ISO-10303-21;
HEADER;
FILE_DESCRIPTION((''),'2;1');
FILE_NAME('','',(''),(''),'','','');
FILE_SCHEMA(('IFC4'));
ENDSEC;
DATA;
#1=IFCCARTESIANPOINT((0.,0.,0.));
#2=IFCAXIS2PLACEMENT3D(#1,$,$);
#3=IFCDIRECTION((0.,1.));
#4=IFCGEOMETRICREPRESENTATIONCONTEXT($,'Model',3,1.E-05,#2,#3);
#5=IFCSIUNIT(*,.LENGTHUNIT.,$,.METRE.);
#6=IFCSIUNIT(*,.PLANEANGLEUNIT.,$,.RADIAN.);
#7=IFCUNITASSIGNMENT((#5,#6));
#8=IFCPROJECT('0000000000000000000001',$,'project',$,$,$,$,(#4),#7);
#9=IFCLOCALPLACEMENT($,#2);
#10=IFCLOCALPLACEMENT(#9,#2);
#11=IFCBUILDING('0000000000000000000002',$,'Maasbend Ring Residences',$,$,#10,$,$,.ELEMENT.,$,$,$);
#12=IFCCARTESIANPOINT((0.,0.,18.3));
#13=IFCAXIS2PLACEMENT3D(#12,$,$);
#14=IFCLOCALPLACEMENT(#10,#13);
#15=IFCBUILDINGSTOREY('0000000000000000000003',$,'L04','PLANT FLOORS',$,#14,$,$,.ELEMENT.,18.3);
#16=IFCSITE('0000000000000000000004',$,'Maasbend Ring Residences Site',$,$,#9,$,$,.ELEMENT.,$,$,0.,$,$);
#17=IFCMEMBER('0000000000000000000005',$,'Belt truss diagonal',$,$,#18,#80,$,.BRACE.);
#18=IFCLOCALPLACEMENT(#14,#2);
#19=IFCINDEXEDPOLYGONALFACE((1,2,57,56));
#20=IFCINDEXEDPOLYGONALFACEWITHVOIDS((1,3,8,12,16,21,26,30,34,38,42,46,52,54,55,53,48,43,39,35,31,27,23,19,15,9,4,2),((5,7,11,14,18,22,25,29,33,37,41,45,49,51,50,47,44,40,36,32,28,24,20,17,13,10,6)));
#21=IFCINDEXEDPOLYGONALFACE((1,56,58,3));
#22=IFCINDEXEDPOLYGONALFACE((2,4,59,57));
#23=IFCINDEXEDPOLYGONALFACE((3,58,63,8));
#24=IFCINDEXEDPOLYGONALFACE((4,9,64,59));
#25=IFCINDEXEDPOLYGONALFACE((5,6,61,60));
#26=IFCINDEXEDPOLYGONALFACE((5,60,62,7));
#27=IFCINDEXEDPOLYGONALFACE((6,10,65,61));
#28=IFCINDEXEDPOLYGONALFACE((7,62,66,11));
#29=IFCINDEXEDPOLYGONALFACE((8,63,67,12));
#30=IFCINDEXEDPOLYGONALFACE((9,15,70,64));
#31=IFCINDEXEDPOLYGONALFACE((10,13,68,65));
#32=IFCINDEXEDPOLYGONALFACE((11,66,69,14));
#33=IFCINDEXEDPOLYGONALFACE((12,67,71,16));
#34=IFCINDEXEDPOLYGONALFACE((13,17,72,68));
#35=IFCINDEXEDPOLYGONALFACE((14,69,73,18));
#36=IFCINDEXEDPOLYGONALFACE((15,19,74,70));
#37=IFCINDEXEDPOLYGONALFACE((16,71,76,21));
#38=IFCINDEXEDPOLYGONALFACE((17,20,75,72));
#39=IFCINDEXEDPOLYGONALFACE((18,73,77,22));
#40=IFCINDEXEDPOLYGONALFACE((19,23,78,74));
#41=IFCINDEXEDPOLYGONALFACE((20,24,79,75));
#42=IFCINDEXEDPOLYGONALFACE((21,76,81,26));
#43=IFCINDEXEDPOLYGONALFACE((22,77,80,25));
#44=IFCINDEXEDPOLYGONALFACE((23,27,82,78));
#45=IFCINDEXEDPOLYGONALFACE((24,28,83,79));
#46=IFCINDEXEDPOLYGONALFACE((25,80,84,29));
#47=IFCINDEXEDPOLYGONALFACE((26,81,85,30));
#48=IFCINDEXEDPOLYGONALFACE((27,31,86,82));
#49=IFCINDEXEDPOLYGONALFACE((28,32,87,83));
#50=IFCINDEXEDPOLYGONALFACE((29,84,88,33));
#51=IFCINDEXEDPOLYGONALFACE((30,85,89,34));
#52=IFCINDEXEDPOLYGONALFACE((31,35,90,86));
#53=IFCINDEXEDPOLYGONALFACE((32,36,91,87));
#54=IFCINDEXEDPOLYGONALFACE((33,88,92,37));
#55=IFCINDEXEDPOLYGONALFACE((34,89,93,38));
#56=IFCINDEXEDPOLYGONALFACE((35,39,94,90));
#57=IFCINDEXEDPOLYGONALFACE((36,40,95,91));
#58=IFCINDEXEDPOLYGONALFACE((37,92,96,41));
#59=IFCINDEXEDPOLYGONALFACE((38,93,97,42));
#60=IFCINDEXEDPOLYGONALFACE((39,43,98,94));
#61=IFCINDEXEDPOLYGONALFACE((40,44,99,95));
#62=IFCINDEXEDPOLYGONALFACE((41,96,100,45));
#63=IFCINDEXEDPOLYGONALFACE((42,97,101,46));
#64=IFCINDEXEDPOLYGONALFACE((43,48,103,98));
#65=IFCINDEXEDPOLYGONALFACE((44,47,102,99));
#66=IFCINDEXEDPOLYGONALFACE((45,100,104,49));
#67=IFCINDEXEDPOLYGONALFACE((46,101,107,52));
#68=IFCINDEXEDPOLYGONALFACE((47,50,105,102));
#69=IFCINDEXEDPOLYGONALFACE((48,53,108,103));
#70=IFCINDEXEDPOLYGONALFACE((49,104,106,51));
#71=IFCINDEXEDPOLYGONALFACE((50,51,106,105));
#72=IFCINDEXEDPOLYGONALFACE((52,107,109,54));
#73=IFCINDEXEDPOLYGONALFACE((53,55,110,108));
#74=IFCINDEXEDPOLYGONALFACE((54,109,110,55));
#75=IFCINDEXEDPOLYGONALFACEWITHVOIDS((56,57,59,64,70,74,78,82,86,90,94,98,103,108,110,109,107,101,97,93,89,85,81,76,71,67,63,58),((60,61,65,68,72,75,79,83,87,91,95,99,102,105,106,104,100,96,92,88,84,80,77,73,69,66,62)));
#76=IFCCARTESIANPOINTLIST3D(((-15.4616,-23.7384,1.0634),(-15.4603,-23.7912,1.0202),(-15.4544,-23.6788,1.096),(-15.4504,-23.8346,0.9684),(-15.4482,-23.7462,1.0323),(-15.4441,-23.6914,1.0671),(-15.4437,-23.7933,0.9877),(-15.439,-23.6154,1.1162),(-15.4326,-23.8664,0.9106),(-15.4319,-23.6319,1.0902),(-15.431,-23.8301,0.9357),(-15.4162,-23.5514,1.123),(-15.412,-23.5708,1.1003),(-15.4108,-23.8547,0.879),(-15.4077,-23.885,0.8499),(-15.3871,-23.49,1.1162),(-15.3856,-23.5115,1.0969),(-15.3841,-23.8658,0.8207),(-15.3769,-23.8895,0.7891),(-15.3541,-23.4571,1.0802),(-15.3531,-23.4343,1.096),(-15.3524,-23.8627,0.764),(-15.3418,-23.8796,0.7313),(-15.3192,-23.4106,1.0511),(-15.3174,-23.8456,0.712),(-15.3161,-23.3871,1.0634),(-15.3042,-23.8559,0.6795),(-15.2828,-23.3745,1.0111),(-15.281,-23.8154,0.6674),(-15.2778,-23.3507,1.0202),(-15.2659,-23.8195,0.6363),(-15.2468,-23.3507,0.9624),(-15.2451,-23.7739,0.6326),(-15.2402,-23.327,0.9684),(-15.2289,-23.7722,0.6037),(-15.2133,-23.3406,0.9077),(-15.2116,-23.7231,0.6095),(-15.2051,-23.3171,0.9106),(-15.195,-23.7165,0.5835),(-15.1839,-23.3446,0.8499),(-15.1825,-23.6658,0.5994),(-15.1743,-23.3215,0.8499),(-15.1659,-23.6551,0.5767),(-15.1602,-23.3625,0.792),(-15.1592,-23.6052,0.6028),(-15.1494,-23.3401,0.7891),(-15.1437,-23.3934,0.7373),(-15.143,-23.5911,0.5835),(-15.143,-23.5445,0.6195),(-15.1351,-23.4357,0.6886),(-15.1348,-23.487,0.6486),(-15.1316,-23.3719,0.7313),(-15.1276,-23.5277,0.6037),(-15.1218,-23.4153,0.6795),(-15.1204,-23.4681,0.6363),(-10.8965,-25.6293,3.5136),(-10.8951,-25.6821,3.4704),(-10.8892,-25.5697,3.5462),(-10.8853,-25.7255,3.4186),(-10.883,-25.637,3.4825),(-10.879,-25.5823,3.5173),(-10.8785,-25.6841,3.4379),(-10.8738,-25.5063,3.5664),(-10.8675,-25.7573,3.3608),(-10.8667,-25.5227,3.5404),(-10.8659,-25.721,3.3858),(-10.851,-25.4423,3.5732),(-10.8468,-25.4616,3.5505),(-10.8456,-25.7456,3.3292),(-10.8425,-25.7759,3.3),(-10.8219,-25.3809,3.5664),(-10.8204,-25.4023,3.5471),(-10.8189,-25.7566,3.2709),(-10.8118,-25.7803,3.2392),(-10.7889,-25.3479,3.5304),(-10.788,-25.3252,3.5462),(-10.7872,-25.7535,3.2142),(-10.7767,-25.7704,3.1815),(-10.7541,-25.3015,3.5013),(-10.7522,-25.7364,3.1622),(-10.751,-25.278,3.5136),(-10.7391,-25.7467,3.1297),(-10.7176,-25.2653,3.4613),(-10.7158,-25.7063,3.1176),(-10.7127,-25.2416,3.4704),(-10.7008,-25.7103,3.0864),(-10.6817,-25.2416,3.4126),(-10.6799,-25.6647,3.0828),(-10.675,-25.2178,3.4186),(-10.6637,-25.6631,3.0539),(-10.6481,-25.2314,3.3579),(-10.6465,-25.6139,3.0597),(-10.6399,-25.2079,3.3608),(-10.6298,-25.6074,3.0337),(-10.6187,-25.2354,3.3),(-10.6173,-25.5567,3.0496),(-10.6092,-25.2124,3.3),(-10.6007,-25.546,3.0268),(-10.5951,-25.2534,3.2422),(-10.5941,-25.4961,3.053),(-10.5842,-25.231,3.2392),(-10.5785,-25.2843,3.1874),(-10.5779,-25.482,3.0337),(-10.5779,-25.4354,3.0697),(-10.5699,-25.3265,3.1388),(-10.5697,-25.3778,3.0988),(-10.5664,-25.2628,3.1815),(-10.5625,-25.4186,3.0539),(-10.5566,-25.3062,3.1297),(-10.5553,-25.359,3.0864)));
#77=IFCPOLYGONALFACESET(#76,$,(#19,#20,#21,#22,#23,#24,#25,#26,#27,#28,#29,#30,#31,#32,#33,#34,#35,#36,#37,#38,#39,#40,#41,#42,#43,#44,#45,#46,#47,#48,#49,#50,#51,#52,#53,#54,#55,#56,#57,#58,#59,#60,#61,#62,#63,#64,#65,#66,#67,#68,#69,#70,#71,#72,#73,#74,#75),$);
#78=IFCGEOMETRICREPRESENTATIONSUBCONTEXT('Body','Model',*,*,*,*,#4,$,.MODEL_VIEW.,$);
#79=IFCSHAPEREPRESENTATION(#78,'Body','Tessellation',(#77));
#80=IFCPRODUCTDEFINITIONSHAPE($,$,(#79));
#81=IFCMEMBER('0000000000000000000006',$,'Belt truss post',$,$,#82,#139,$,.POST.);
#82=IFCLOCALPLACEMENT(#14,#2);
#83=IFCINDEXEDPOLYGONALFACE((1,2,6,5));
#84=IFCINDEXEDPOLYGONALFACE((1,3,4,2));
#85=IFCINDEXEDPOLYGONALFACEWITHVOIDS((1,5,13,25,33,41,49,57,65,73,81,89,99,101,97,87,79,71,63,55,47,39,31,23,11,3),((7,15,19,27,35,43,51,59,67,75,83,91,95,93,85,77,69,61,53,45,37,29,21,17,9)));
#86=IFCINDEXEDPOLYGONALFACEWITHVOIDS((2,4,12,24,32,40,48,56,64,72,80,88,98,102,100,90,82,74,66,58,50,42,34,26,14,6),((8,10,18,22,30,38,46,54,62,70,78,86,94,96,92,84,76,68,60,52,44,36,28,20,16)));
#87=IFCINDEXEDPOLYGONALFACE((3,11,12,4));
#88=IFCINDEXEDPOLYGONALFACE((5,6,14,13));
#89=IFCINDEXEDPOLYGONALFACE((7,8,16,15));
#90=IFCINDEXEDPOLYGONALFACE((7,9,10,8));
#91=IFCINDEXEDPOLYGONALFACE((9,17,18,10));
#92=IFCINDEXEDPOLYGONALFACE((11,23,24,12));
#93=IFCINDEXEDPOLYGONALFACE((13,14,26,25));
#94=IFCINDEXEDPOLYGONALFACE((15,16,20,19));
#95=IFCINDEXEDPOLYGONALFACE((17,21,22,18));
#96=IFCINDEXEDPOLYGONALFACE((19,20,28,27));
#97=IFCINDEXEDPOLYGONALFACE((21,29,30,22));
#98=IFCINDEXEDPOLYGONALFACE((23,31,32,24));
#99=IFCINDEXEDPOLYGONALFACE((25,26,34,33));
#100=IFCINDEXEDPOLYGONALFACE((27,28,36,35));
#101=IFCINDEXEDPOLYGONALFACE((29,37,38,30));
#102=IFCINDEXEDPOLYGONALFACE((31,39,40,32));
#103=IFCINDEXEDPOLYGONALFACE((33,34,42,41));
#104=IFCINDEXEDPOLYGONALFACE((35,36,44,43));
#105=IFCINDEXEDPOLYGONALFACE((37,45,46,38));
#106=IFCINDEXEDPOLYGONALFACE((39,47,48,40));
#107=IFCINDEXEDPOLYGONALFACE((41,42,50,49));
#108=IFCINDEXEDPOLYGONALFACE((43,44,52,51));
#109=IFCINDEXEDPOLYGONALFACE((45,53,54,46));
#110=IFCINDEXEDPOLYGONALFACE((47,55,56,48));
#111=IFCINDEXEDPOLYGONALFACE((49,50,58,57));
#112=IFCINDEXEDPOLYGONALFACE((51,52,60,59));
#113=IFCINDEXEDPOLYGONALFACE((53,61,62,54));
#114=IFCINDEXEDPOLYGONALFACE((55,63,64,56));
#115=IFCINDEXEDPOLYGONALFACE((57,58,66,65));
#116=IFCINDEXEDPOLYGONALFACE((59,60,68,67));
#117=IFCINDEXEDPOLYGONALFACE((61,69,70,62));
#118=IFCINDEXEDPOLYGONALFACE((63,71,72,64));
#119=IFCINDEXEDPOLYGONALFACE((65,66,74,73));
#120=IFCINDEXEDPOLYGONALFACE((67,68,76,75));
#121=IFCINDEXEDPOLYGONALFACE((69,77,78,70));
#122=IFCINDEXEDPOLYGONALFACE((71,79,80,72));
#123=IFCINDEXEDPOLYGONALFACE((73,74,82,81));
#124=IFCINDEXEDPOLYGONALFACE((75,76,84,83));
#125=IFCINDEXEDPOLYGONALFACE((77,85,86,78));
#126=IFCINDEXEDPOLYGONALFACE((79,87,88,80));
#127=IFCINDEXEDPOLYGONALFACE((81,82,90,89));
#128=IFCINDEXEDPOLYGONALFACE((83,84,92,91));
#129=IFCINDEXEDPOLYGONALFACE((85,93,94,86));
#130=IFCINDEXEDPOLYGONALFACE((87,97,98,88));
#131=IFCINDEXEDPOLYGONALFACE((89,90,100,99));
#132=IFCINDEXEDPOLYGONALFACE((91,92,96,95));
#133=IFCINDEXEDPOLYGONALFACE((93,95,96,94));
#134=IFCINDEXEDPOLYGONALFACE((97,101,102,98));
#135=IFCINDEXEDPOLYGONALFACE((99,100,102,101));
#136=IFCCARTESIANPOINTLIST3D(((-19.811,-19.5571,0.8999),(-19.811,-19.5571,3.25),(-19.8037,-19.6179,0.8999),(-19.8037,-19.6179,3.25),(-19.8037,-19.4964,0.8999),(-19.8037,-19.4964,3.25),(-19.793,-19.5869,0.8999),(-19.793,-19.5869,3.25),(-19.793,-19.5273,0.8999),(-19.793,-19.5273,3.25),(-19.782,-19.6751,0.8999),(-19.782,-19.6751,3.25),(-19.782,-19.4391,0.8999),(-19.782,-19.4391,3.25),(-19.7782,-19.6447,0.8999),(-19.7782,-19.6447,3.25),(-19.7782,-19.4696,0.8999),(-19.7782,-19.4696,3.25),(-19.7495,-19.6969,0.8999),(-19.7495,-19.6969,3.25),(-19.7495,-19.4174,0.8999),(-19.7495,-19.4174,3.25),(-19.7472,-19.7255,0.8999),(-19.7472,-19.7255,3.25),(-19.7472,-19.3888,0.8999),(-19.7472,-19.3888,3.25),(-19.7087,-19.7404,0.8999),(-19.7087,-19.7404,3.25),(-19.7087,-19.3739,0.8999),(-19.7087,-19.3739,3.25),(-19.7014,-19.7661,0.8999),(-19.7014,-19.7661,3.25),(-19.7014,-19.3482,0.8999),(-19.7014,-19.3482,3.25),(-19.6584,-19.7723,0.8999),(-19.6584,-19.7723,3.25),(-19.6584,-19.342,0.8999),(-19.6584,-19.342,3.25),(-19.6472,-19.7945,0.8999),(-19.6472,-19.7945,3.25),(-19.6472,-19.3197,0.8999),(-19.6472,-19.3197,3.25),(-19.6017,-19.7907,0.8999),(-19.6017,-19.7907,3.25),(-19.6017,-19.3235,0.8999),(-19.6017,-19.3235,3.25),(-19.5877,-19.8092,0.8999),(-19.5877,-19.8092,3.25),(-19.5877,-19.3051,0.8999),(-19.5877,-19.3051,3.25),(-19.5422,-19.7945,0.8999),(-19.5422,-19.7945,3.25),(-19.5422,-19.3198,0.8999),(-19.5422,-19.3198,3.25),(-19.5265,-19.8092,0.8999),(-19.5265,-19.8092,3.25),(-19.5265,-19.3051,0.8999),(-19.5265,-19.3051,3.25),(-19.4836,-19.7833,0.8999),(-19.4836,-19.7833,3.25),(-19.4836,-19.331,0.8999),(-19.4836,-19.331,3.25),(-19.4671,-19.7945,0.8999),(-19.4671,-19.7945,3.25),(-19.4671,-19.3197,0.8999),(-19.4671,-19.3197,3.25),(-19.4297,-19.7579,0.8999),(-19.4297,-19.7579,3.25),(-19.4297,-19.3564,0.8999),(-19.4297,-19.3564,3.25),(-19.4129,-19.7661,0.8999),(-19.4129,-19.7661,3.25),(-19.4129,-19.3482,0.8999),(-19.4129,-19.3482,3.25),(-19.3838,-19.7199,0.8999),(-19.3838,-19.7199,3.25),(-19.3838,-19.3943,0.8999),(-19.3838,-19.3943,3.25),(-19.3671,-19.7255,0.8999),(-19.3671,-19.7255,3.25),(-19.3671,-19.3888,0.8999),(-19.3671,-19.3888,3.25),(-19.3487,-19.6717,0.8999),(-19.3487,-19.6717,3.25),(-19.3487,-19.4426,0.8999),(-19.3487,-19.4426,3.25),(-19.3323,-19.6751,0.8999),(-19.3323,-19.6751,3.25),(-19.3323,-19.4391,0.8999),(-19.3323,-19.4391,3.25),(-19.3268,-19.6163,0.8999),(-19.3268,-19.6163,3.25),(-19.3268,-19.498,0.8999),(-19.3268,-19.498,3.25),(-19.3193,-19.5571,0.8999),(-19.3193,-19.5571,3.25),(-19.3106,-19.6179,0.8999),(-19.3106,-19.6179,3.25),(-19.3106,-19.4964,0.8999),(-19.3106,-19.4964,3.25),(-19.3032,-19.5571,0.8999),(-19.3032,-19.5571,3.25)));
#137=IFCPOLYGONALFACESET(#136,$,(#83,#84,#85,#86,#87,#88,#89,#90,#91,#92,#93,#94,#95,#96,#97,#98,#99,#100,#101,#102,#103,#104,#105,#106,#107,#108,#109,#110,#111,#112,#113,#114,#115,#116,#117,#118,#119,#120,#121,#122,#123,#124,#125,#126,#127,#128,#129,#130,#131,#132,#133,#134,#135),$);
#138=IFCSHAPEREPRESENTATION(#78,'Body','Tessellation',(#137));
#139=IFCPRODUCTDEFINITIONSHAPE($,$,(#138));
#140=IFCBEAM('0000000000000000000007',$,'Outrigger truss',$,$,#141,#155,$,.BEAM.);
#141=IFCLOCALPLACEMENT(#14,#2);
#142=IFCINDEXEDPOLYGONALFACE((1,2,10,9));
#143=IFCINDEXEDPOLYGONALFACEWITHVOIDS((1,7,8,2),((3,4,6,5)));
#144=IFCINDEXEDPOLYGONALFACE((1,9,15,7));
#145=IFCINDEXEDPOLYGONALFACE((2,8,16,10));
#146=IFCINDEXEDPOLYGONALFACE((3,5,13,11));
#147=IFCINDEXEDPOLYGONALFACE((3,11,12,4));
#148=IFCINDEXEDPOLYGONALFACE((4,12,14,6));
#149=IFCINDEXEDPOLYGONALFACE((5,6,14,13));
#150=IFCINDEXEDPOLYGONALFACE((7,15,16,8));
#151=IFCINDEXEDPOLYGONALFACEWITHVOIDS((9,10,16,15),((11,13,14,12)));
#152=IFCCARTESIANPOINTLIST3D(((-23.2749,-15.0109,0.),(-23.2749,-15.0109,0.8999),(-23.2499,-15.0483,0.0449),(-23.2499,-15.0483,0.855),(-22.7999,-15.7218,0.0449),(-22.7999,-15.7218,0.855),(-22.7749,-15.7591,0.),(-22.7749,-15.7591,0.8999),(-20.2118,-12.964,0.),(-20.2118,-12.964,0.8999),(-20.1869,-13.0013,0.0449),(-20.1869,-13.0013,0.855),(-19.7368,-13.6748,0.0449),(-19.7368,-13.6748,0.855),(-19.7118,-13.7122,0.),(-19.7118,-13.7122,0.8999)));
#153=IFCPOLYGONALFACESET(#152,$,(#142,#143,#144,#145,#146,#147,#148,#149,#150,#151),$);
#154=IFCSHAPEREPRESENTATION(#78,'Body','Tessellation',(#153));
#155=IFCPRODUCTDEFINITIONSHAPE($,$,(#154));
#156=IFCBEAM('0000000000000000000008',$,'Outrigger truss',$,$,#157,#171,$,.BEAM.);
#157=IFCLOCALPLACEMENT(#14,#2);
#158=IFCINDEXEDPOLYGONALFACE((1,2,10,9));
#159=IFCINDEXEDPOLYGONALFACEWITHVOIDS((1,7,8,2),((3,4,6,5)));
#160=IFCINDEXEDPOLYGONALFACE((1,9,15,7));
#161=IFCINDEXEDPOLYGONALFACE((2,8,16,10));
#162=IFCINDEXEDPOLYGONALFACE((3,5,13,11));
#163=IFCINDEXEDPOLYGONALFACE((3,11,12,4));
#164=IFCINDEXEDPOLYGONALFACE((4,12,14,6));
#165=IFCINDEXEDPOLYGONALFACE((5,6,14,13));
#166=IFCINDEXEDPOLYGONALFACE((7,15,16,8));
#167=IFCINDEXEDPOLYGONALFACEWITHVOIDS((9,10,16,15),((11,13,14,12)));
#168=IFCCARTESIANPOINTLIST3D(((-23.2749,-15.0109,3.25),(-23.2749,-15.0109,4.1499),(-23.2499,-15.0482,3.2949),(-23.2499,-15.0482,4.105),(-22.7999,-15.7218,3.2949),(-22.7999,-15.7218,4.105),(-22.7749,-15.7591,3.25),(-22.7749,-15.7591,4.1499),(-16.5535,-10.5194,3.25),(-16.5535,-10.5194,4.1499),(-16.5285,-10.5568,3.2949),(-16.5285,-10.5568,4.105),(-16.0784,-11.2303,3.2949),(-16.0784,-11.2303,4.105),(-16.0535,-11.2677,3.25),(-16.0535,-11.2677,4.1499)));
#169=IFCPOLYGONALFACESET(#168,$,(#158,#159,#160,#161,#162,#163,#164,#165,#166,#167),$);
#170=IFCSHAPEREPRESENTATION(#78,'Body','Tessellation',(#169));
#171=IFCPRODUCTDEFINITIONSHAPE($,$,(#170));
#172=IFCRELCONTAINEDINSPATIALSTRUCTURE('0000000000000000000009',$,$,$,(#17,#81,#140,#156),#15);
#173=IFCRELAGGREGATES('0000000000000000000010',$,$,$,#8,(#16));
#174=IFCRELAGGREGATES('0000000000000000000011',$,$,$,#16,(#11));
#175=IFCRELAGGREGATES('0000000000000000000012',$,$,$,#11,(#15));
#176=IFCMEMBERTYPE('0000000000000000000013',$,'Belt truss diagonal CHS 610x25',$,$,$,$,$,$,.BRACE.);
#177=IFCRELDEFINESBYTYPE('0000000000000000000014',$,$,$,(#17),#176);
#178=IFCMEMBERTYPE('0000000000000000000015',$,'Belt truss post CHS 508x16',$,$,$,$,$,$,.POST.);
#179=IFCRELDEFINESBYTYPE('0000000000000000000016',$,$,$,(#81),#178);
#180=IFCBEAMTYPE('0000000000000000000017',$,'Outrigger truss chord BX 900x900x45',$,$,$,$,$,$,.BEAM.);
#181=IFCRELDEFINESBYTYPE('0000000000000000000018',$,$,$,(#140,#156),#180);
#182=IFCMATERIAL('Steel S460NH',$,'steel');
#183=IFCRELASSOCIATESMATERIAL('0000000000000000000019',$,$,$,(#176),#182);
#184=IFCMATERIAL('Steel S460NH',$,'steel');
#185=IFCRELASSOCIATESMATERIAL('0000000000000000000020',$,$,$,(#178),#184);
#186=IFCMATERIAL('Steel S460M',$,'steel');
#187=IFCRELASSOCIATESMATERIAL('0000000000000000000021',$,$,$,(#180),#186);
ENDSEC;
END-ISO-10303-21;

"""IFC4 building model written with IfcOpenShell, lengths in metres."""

from ifc_helpers import new_model, si_unit, direction, frame, origin, origin_2d, place, context, subcontext, project, spatial, hollow_rectangle, hollow_circle, extrude, material, material_profile, profile_set, type_object, element, save


model = new_model("IFC4")

# Units and contexts
model_context = context("Model", 3, precision=1e-05, world=origin(), true_north=direction((0.0, 1.0)))
body_context = subcontext(model_context, "Body", "Model", "MODEL_VIEW")
ifc_project = project(units=[si_unit("LENGTHUNIT", "METRE"), si_unit("PLANEANGLEUNIT", "RADIAN")], contexts=[model_context])

# Site, building, storey
site_placement = place(None, origin())
site = spatial("IfcSite", under=ifc_project, at=site_placement, Name="Maasbend Ring Residences Site", CompositionType="ELEMENT", RefElevation=0.0)
building_placement = place(site_placement, origin())
building = spatial("IfcBuilding", under=site, at=building_placement, Name="Maasbend Ring Residences", CompositionType="ELEMENT")
storey_placement = place(building_placement, frame((0.0, 0.0, 18.3)))
storey = spatial("IfcBuildingStorey", under=building, at=storey_placement, Name="L04", Description="PLANT FLOORS", CompositionType="ELEMENT", Elevation=18.3)

# Members
ifc_material_1 = material(Name="Steel S460NH", Category="steel")
ifc_material_profile_1 = material_profile(ifc_material_1, hollow_circle(Radius=0.3049, WallThickness=0.0249, at=origin_2d()), Name="Belt truss diagonal CHS 610x25")
ifc_profile_set_1 = profile_set([ifc_material_profile_1], Name="Steel S460NH")
member_type_1 = type_object("IfcMemberType", Name="Belt truss diagonal CHS 610x25", PredefinedType="BRACE", material=ifc_profile_set_1)
for number, where, z_axis, x_axis, name in (
    (1, (-15.291, -23.6033, 0.8499), (0.827714, -0.342834, 0.444245), (0.382667, 0.923886, 0.0), "Belt truss diagonal"),
):
    element("IfcMember", number, at=place(storey_placement, frame(where, z_axis=z_axis, x_axis=x_axis)), inside=storey, type_object=member_type_1, Name=name, PredefinedType="BRACE", context=body_context, shape_type="SweptSolid", body=[
        extrude(hollow_circle(Radius=0.3049, WallThickness=0.0249, at=origin_2d()), origin(), (0.0, 0.0, 1.0), 5.5154),
    ])
ifc_material_2 = material(Name="Steel S460NH", Category="steel")
ifc_material_profile_2 = material_profile(ifc_material_2, hollow_circle(Radius=0.2539, WallThickness=0.0161, at=origin_2d()), Name="Belt truss post CHS 508x16")
ifc_profile_set_2 = profile_set([ifc_material_profile_2], Name="Steel S460NH")
member_type_2 = type_object("IfcMemberType", Name="Belt truss post CHS 508x16", PredefinedType="POST", material=ifc_profile_set_2)
member_1_placement = place(storey_placement, frame((-19.5571, -19.5571, 0.8999), z_axis=(0.0, 0.0, 1.0), x_axis=(1.0, 0.0, 0.0)))
element("IfcMember", 2, at=member_1_placement, inside=storey, type_object=member_type_2, Name="Belt truss post", PredefinedType="POST", context=body_context, shape_type="SweptSolid", body=[
    extrude(hollow_circle(Radius=0.2539, WallThickness=0.0161, at=origin_2d()), origin(), (0.0, 0.0, 1.0), 2.3501),
])

# Beams
ifc_material_3 = material(Name="Steel S460M", Category="steel")
ifc_material_profile_3 = material_profile(ifc_material_3, hollow_rectangle(XDim=0.8999, YDim=0.8999, WallThickness=0.0449, at=origin_2d()), Name="Outrigger truss chord BX 900x900x45")
ifc_profile_set_3 = profile_set([ifc_material_profile_3], Name="Steel S460M")
beam_type_1 = type_object("IfcBeamType", Name="Outrigger truss chord BX 900x900x45", PredefinedType="BEAM", material=ifc_profile_set_3)
beam_1_placement = place(storey_placement, frame((-23.0249, -15.385, 0.45), z_axis=(0.831438, 0.555617, 0.0), x_axis=(-0.555617, 0.831438, 0.0)))
element("IfcBeam", 3, at=beam_1_placement, inside=storey, type_object=beam_type_1, Name="Outrigger truss", PredefinedType="BEAM", context=body_context, shape_type="SweptSolid", body=[
    extrude(hollow_rectangle(XDim=0.8999, YDim=0.8999, WallThickness=0.0449, at=origin_2d()), origin(), (0.0, 0.0, 1.0), 3.6841),
])
beam_2_placement = place(storey_placement, frame((-23.0249, -15.385, 3.7), z_axis=(0.83145, 0.555599, 0.0), x_axis=(-0.555599, 0.83145, 0.0)))
element("IfcBeam", 4, at=beam_2_placement, inside=storey, type_object=beam_type_1, Name="Outrigger truss", PredefinedType="BEAM", context=body_context, shape_type="SweptSolid", body=[
    extrude(hollow_rectangle(XDim=0.8999, YDim=0.8999, WallThickness=0.0449, at=origin_2d()), origin(), (0.0, 0.0, 1.0), 8.084),
])

save(model, "model.ifc")
